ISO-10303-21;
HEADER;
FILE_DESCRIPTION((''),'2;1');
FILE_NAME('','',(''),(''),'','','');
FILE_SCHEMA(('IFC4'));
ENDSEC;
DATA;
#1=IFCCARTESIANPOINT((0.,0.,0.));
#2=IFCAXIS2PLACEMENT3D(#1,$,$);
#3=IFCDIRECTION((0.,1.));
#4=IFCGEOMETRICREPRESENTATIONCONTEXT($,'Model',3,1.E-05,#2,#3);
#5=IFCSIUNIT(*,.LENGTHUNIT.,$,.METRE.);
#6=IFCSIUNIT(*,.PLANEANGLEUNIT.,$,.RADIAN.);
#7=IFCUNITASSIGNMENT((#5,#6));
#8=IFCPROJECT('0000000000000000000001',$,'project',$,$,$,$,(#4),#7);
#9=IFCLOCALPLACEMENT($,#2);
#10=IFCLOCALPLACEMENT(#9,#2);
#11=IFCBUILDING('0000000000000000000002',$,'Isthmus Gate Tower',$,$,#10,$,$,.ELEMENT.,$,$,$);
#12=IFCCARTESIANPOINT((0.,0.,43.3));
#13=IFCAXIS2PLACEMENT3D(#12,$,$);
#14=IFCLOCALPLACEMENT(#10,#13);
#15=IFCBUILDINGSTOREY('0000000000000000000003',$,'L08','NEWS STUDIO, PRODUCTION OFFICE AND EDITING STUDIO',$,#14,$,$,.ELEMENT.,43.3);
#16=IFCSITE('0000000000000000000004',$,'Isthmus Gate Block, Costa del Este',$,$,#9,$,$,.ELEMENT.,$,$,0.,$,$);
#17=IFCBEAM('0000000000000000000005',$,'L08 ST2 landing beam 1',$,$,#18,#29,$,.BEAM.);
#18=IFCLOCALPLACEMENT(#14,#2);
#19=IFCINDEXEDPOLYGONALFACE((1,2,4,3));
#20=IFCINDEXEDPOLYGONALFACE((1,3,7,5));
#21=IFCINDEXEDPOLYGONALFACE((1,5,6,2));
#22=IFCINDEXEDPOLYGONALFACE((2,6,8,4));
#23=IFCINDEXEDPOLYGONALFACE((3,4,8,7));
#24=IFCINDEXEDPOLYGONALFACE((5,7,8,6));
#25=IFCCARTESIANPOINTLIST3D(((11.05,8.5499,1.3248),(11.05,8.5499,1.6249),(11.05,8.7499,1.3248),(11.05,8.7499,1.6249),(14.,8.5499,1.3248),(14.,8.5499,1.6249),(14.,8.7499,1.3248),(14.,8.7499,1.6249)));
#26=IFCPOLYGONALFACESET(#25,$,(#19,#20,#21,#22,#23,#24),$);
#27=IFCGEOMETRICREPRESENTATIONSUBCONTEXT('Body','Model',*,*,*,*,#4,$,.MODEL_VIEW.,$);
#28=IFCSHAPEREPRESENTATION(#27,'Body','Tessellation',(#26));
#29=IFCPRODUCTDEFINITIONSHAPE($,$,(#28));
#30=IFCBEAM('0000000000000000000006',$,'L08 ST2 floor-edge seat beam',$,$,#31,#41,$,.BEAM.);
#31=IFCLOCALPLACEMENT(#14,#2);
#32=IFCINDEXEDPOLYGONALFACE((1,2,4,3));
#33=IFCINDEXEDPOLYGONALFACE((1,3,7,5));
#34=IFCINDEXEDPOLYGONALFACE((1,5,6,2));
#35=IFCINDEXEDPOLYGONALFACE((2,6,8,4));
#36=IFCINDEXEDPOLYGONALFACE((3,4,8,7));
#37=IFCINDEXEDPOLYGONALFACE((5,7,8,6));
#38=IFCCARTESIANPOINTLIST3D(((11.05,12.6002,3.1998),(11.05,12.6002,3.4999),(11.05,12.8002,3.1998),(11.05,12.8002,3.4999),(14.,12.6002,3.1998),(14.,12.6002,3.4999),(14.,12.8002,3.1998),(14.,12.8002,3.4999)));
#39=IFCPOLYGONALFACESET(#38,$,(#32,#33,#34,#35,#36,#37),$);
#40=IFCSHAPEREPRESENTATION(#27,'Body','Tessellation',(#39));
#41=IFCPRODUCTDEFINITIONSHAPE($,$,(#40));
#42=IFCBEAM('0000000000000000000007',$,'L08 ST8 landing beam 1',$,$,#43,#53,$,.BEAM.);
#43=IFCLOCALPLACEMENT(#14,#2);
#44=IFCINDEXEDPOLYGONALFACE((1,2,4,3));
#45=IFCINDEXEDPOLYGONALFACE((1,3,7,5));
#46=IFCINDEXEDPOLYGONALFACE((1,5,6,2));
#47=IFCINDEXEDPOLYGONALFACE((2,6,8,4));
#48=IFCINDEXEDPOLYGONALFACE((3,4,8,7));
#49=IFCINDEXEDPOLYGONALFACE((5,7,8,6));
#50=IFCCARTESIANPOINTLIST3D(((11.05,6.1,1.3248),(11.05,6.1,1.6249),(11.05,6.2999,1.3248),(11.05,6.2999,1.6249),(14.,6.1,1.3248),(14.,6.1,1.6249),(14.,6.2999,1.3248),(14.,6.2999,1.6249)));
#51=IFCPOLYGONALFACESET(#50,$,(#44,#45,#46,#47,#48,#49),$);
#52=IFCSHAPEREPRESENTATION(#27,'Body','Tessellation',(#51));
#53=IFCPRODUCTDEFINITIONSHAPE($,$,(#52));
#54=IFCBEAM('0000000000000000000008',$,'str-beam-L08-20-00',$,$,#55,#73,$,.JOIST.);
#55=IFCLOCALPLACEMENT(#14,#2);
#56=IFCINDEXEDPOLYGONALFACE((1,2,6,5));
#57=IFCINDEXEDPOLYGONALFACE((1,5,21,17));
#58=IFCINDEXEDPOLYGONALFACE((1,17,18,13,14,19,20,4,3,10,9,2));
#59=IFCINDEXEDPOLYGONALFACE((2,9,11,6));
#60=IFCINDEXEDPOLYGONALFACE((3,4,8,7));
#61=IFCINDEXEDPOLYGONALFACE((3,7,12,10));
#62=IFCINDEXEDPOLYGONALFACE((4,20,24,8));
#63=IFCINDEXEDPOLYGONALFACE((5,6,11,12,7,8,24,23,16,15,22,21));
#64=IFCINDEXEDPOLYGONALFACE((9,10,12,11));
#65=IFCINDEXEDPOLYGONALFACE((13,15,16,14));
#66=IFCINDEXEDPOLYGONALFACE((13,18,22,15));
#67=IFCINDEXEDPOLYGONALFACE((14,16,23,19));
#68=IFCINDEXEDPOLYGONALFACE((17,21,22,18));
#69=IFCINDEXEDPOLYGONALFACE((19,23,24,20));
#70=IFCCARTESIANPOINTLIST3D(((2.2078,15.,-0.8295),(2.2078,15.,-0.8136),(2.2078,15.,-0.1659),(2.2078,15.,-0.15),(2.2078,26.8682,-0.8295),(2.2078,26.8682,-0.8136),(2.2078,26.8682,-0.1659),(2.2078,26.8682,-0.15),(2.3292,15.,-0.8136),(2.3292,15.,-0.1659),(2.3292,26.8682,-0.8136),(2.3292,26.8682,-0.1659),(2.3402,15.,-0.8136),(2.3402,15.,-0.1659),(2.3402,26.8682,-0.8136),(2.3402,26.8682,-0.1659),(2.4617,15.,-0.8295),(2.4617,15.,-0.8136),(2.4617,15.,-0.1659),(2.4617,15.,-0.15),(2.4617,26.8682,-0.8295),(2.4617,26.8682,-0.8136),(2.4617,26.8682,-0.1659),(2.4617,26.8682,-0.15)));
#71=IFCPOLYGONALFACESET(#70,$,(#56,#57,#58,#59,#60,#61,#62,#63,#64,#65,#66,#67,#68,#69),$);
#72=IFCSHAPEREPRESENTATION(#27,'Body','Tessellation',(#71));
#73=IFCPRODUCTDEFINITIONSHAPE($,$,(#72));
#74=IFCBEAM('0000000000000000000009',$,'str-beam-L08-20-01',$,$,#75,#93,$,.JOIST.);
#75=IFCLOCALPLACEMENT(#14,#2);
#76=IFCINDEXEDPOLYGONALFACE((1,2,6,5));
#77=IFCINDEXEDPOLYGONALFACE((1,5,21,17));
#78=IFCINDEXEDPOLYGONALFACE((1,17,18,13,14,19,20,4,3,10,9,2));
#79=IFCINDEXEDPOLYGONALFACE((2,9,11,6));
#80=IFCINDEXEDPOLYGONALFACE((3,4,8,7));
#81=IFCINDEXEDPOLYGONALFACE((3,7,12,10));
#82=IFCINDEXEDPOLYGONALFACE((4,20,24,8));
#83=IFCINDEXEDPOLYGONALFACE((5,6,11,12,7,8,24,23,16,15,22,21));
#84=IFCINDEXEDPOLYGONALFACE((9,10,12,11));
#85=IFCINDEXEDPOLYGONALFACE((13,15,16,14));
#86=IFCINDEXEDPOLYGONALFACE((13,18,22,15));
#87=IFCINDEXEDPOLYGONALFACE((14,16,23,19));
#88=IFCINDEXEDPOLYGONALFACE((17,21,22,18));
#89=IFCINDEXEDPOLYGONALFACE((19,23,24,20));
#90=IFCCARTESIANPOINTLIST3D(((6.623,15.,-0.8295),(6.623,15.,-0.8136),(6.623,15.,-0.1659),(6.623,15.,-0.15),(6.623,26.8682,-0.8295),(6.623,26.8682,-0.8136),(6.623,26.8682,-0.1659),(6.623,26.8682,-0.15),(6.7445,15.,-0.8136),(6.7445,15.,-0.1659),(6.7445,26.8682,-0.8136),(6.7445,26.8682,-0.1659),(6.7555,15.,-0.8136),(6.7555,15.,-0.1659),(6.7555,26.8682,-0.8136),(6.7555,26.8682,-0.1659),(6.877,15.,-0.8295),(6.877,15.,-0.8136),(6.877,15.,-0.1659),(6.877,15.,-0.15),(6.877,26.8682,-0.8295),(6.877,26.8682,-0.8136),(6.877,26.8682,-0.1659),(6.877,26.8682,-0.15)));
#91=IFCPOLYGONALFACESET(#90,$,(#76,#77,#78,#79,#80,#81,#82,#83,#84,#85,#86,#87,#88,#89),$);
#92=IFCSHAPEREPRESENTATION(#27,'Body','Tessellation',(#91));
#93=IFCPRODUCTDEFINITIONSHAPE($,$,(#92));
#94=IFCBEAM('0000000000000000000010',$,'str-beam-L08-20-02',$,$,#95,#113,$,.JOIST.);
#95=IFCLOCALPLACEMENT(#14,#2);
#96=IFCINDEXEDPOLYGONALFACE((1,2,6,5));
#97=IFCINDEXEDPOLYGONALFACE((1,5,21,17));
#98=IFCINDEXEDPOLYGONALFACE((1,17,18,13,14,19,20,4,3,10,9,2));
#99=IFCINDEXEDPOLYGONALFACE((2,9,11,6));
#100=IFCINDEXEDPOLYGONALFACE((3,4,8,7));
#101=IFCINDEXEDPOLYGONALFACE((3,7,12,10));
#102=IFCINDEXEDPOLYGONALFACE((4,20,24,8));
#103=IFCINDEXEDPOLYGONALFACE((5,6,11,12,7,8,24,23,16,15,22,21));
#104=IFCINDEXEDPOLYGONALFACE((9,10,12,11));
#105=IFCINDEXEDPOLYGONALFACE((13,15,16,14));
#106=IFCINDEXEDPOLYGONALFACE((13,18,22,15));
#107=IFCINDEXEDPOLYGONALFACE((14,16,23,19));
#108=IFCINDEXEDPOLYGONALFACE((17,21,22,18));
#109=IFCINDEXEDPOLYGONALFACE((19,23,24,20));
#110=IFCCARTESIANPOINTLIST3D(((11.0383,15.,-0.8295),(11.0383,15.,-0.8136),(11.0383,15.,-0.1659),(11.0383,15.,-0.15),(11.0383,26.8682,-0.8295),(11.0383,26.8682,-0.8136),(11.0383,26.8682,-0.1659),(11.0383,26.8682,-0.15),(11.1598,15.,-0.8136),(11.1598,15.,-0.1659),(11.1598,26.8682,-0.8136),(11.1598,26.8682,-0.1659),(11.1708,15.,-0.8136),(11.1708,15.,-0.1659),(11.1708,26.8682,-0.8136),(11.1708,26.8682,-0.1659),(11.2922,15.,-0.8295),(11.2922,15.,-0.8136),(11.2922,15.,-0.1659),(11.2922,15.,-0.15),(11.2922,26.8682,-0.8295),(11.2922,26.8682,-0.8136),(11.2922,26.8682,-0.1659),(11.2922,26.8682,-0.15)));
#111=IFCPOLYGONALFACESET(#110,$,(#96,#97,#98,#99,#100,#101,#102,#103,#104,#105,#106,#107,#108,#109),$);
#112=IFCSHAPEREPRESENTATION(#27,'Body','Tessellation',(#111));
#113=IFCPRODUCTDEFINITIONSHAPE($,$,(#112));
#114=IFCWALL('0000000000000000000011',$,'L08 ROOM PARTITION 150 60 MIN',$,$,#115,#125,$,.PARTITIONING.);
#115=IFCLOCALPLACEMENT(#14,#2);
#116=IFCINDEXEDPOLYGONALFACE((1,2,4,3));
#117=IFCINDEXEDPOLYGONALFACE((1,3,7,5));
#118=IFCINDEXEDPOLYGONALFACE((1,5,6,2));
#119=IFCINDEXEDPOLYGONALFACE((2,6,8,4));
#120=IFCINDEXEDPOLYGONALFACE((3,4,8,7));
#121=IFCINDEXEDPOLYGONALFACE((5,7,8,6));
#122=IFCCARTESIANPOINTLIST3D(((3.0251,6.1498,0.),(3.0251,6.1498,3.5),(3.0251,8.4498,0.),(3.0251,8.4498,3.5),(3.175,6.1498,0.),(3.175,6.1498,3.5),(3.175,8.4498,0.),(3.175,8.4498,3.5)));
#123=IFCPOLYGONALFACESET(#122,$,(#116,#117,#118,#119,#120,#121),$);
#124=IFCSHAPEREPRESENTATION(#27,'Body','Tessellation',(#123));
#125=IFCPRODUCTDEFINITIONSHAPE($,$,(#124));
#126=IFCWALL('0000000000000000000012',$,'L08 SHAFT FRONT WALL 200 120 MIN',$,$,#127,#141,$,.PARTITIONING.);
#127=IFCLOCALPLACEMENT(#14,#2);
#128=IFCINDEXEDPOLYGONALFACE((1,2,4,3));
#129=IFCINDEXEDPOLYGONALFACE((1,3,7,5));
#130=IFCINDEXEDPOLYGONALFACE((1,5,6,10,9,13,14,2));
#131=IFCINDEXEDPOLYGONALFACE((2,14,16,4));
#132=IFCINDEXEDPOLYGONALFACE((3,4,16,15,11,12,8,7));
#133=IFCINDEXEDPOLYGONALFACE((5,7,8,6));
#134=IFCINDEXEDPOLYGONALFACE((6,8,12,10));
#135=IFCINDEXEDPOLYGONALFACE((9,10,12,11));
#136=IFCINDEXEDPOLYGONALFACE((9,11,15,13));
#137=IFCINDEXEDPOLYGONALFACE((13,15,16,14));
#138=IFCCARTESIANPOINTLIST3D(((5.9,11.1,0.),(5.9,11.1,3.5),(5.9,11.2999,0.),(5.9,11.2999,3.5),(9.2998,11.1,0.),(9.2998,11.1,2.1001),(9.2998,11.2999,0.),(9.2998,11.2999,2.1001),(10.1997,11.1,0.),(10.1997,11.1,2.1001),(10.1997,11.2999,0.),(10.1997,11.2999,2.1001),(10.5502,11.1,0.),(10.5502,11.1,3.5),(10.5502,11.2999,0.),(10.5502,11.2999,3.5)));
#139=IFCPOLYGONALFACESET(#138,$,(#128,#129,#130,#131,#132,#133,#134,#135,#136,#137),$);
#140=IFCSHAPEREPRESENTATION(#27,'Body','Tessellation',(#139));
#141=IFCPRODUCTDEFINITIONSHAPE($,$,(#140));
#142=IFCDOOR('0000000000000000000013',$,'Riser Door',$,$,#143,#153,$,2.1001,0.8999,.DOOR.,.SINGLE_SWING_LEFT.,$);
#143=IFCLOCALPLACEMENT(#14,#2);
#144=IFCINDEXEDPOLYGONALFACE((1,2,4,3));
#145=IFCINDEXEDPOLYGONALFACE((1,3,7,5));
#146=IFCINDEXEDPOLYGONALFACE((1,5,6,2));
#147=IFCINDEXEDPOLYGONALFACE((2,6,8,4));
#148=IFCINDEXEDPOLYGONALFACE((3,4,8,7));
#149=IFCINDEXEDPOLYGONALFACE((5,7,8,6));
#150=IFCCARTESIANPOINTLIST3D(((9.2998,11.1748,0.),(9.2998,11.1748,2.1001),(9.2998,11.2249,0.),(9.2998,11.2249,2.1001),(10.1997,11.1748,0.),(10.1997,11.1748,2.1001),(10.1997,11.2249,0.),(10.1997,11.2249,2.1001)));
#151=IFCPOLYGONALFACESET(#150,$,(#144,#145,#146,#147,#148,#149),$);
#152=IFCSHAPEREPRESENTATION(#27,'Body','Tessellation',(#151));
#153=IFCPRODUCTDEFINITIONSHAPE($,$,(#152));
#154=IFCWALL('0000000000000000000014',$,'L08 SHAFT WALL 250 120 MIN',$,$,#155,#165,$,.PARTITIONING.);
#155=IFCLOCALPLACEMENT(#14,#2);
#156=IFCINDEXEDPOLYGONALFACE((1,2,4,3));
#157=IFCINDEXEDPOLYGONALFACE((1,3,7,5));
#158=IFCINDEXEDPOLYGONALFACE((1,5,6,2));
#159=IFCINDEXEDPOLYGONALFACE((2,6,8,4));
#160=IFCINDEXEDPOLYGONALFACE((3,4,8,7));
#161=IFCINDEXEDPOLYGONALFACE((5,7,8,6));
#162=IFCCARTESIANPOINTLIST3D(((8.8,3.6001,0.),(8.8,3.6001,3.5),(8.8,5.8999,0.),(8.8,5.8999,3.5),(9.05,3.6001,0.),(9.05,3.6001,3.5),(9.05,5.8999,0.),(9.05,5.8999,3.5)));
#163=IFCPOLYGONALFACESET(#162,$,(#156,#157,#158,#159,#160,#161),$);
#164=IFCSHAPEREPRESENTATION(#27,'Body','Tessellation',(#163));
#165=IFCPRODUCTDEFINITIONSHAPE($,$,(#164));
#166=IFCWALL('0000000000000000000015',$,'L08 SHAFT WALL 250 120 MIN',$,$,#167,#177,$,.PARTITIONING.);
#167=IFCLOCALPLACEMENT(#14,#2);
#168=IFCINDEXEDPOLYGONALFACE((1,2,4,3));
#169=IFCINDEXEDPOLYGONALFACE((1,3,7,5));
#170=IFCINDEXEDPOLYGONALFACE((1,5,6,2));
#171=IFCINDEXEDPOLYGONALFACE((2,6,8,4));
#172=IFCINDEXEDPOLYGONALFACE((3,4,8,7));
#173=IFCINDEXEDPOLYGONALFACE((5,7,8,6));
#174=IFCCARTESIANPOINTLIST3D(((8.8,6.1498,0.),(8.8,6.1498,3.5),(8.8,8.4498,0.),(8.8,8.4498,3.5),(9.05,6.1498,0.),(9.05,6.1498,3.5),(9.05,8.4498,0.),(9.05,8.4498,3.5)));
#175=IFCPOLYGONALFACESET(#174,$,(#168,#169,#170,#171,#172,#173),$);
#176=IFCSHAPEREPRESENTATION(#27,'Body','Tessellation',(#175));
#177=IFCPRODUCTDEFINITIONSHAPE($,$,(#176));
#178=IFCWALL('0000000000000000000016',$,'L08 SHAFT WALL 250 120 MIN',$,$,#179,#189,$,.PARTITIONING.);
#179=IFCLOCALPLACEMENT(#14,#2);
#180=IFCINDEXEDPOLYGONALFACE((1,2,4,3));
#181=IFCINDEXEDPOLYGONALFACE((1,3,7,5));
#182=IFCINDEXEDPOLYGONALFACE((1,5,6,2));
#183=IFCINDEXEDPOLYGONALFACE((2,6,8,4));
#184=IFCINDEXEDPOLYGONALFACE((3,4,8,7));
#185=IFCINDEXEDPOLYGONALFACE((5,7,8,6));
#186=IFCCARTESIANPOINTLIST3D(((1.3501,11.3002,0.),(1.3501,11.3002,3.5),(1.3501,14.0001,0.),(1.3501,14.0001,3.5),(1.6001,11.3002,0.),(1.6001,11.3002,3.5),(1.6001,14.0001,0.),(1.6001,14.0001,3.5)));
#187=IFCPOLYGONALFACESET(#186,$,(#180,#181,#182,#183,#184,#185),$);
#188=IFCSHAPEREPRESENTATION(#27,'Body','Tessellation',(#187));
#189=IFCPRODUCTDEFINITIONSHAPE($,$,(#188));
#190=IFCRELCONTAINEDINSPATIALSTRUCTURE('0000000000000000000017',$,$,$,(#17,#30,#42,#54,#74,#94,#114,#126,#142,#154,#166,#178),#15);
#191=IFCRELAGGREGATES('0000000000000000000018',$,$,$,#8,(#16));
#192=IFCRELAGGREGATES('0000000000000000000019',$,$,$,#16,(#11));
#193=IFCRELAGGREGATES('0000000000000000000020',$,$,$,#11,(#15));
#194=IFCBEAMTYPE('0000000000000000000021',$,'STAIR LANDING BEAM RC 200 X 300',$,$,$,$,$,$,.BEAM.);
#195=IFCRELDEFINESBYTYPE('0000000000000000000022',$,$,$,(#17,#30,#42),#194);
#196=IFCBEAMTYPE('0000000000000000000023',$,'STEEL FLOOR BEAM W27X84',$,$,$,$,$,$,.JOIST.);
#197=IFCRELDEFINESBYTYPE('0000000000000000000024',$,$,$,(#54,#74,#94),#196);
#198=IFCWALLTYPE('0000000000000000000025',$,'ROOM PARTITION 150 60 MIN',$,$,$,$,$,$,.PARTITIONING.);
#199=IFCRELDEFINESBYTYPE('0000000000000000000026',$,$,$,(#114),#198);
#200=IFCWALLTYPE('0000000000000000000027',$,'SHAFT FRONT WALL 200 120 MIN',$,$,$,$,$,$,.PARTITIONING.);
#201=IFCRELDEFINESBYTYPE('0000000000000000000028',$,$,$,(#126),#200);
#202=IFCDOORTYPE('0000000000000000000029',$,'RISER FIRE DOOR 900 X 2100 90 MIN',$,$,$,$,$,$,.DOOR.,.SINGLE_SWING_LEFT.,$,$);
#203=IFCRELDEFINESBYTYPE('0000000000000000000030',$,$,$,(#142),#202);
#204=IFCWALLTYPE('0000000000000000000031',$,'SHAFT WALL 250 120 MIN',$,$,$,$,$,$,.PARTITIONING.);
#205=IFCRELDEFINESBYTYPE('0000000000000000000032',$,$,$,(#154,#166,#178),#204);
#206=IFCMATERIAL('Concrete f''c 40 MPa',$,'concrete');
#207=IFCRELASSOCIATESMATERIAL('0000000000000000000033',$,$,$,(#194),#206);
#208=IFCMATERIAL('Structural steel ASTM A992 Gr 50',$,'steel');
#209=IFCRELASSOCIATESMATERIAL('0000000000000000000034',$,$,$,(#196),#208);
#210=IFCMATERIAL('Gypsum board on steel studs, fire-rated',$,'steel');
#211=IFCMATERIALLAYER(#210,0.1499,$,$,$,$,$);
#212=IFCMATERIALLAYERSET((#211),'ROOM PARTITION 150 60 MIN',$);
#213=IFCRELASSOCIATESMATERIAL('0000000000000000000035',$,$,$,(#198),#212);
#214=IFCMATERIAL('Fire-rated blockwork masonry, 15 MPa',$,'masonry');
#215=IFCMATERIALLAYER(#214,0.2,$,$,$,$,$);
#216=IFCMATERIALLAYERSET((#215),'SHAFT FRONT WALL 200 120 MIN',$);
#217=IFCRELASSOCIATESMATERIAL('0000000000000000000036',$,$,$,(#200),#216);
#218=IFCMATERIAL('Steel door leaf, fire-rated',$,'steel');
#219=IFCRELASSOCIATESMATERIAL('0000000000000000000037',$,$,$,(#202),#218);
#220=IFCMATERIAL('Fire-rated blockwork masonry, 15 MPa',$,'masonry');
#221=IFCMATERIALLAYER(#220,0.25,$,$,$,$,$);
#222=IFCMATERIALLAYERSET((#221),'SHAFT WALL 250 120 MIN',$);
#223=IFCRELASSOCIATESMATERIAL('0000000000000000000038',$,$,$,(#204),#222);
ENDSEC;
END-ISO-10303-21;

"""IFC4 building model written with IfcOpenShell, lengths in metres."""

from ifc_helpers import new_model, si_unit, direction, frame, frame_2d, origin, origin_2d, place, context, subcontext, project, spatial, rectangle, i_section, extrude, material, layer, layer_set, material_profile, profile_set, type_object, element, fill, save


model = new_model("IFC4")

# Units and contexts
model_context = context("Model", 3, precision=1e-05, world=origin(), true_north=direction((0.0, 1.0)))
body_context = subcontext(model_context, "Body", "Model", "MODEL_VIEW")
ifc_project = project(units=[si_unit("LENGTHUNIT", "METRE"), si_unit("PLANEANGLEUNIT", "RADIAN")], contexts=[model_context])

# Site, building, storey
site_placement = place(None, origin())
site = spatial("IfcSite", under=ifc_project, at=site_placement, Name="Isthmus Gate Block, Costa del Este", CompositionType="ELEMENT", RefElevation=0.0)
building_placement = place(site_placement, origin())
building = spatial("IfcBuilding", under=site, at=building_placement, Name="Isthmus Gate Tower", CompositionType="ELEMENT")
storey_placement = place(building_placement, frame((0.0, 0.0, 43.3)))
storey = spatial("IfcBuildingStorey", under=building, at=storey_placement, Name="L08", Description="NEWS STUDIO, PRODUCTION OFFICE AND EDITING STUDIO", CompositionType="ELEMENT", Elevation=43.3)

# Beams
ifc_material_1 = material(Name="Concrete f'c 40 MPa", Category="concrete")
ifc_material_profile_1 = material_profile(ifc_material_1, rectangle(XDim=0.2, YDim=0.3, at=origin_2d()), Name="STAIR LANDING BEAM RC 200 X 300")
ifc_profile_set_1 = profile_set([ifc_material_profile_1], Name="Concrete f'c 40 MPa")
beam_type_1 = type_object("IfcBeamType", Name="STAIR LANDING BEAM RC 200 X 300", PredefinedType="BEAM", material=ifc_profile_set_1)
for number, where, z_axis, x_axis, name in (
    (1, (11.05, 8.6499, 1.4749), (1.0, 0.0, 0.0), (0.0, 1.0, 0.0), "L08 ST2 landing beam 1"),
    (2, (11.05, 12.7002, 3.3499), (1.0, 0.0, 0.0), (0.0, 1.0, 0.0), "L08 ST2 floor-edge seat beam"),
    (3, (11.05, 6.2, 1.4749), (1.0, 0.0, 0.0), (0.0, 1.0, 0.0), "L08 ST8 landing beam 1"),
):
    element("IfcBeam", number, at=place(storey_placement, frame(where, z_axis=z_axis, x_axis=x_axis)), inside=storey, type_object=beam_type_1, Name=name, PredefinedType="BEAM", context=body_context, shape_type="SweptSolid", body=[
        extrude(rectangle(XDim=0.2, YDim=0.3, at=origin_2d()), origin(), (0.0, 0.0, 1.0), 2.95),
    ])
ifc_material_2 = material(Name="Structural steel ASTM A992 Gr 50", Category="steel")
ifc_material_profile_2 = material_profile(ifc_material_2, i_section(OverallWidth=0.2539, OverallDepth=0.6794, WebThickness=0.011, FlangeThickness=0.0159, at=origin_2d()), Name="W27X84")
ifc_profile_set_2 = profile_set([ifc_material_profile_2], Name="Structural steel ASTM A992 Gr 50")
beam_type_2 = type_object("IfcBeamType", Name="STEEL FLOOR BEAM W27X84", PredefinedType="JOIST", material=ifc_profile_set_2)
for number, where, z_axis, x_axis, name in (
    (4, (2.3347, 15.0, -0.4897), (0.0, 1.0, 0.0), (-1.0, 0.0, 0.0), "str-beam-L08-20-00"),
    (5, (6.75, 15.0, -0.4897), (0.0, 1.0, 0.0), (-1.0, 0.0, 0.0), "str-beam-L08-20-01"),
    (6, (11.1653, 15.0, -0.4897), (0.0, 1.0, 0.0), (-1.0, 0.0, 0.0), "str-beam-L08-20-02"),
):
    element("IfcBeam", number, at=place(storey_placement, frame(where, z_axis=z_axis, x_axis=x_axis)), inside=storey, type_object=beam_type_2, Name=name, PredefinedType="JOIST", context=body_context, shape_type="SweptSolid", body=[
        extrude(i_section(OverallWidth=0.2539, OverallDepth=0.6794, WebThickness=0.011, FlangeThickness=0.0159, at=origin_2d()), origin(), (0.0, 0.0, 1.0), 11.8682),
    ])

# Wall
ifc_material_3 = material(Name="Gypsum board on steel studs, fire-rated", Category="steel")
ifc_layer_1 = layer(ifc_material_3, 0.1499)
ifc_layer_set_1 = layer_set([ifc_layer_1], Name="ROOM PARTITION 150 60 MIN")
wall_type_1 = type_object("IfcWallType", Name="ROOM PARTITION 150 60 MIN", PredefinedType="PARTITIONING", material=ifc_layer_set_1)
wall_1_placement = place(storey_placement, frame((3.1001, 6.1499, 0.0), z_axis=(0.0, 0.0, 1.0), x_axis=(0.0, 1.0, 0.0)))
element("IfcWall", 7, at=wall_1_placement, inside=storey, type_object=wall_type_1, Name="L08 ROOM PARTITION 150 60 MIN", PredefinedType="PARTITIONING", context=body_context, shape_type="SweptSolid", body=[
    extrude(rectangle(XDim=2.3, YDim=0.1499, at=frame_2d((1.1499, 0.0))), origin(), (0.0, 0.0, 1.0), 3.5),
])

# Wall, opening, door
ifc_material_4 = material(Name="Fire-rated blockwork masonry, 15 MPa", Category="masonry")
ifc_layer_2 = layer(ifc_material_4, 0.2)
ifc_layer_set_2 = layer_set([ifc_layer_2], Name="SHAFT FRONT WALL 200 120 MIN")
wall_type_2 = type_object("IfcWallType", Name="SHAFT FRONT WALL 200 120 MIN", PredefinedType="PARTITIONING", material=ifc_layer_set_2)
wall_2_placement = place(storey_placement, frame((5.8999, 11.2, 0.0), z_axis=(0.0, 0.0, 1.0), x_axis=(1.0, 0.0, 0.0)))
wall_2 = element("IfcWall", 8, at=wall_2_placement, inside=storey, type_object=wall_type_2, Name="L08 SHAFT FRONT WALL 200 120 MIN", PredefinedType="PARTITIONING", context=body_context, shape_type="SweptSolid", body=[
    extrude(rectangle(XDim=4.6501, YDim=0.2, at=frame_2d((2.3252, 0.0))), origin(), (0.0, 0.0, 1.0), 3.5),
])
opening_placement = place(wall_2_placement, frame((3.3999, 0.0, 0.0)))
opening = element("IfcOpeningElement", 9, at=opening_placement, cuts=wall_2, PredefinedType="OPENING", context=body_context, shape_type="SweptSolid", body=[
    extrude(rectangle(XDim=0.8999, YDim=2.1001, at=frame_2d((0.45, 1.05))), frame((0.0, 0.1099, 0.0), z_axis=(0.0, -1.0, 0.0), x_axis=(1.0, 0.0, 0.0)), (0.0, 0.0, 1.0), 0.22),
])
ifc_material_5 = material(Name="Steel door leaf, fire-rated", Category="steel")
door_type = type_object("IfcDoorType", Name="RISER FIRE DOOR 900 X 2100 90 MIN", OperationType="SINGLE_SWING_LEFT", PredefinedType="DOOR", material=ifc_material_5)
door_placement = place(opening_placement, origin())
door = element("IfcDoor", 10, at=door_placement, inside=storey, type_object=door_type, Name="Riser Door", OperationType="SINGLE_SWING_LEFT", OverallHeight=2.1001, OverallWidth=0.8999, PredefinedType="DOOR", context=body_context, shape_type="SweptSolid", body=[
    extrude(rectangle(XDim=0.8999, YDim=2.1001, at=frame_2d((0.45, 1.05))), frame((0.0, 0.0249, 0.0), z_axis=(0.0, -1.0, 0.0), x_axis=(1.0, 0.0, 0.0)), (0.0, 0.0, 1.0), 0.05),
])
fill(opening, door)

# Walls
ifc_material_6 = material(Name="Fire-rated blockwork masonry, 15 MPa", Category="masonry")
ifc_layer_3 = layer(ifc_material_6, 0.25)
ifc_layer_set_3 = layer_set([ifc_layer_3], Name="SHAFT WALL 250 120 MIN")
wall_type_3 = type_object("IfcWallType", Name="SHAFT WALL 250 120 MIN", PredefinedType="PARTITIONING", material=ifc_layer_set_3)
wall_3_placement = place(storey_placement, frame((8.925, 3.6001, 0.0), z_axis=(0.0, 0.0, 1.0), x_axis=(0.0, 1.0, 0.0)))
element("IfcWall", 11, at=wall_3_placement, inside=storey, type_object=wall_type_3, Name="L08 SHAFT WALL 250 120 MIN", PredefinedType="PARTITIONING", context=body_context, shape_type="SweptSolid", body=[
    extrude(rectangle(XDim=2.2998, YDim=0.25, at=frame_2d((1.1499, 0.0))), origin(), (0.0, 0.0, 1.0), 3.5),
])
wall_4_placement = place(storey_placement, frame((8.925, 6.1499, 0.0), z_axis=(0.0, 0.0, 1.0), x_axis=(0.0, 1.0, 0.0)))
element("IfcWall", 12, at=wall_4_placement, inside=storey, type_object=wall_type_3, Name="L08 SHAFT WALL 250 120 MIN", PredefinedType="PARTITIONING", context=body_context, shape_type="SweptSolid", body=[
    extrude(rectangle(XDim=2.3, YDim=0.25, at=frame_2d((1.1499, 0.0))), origin(), (0.0, 0.0, 1.0), 3.5),
])
for number, where, z_axis, x_axis, name in (
    (13, (1.4751, 11.3, 0.0), (0.0, 0.0, 1.0), (0.0, 1.0, 0.0), "L08 SHAFT WALL 250 120 MIN"),
):
    element("IfcWall", number, at=place(storey_placement, frame(where, z_axis=z_axis, x_axis=x_axis)), inside=storey, type_object=wall_type_3, Name=name, PredefinedType="PARTITIONING", context=body_context, shape_type="SweptSolid", body=[
        extrude(rectangle(XDim=2.7, YDim=0.25, at=frame_2d((1.3501, 0.0))), origin(), (0.0, 0.0, 1.0), 3.5),
    ])

save(model, "model.ifc")
